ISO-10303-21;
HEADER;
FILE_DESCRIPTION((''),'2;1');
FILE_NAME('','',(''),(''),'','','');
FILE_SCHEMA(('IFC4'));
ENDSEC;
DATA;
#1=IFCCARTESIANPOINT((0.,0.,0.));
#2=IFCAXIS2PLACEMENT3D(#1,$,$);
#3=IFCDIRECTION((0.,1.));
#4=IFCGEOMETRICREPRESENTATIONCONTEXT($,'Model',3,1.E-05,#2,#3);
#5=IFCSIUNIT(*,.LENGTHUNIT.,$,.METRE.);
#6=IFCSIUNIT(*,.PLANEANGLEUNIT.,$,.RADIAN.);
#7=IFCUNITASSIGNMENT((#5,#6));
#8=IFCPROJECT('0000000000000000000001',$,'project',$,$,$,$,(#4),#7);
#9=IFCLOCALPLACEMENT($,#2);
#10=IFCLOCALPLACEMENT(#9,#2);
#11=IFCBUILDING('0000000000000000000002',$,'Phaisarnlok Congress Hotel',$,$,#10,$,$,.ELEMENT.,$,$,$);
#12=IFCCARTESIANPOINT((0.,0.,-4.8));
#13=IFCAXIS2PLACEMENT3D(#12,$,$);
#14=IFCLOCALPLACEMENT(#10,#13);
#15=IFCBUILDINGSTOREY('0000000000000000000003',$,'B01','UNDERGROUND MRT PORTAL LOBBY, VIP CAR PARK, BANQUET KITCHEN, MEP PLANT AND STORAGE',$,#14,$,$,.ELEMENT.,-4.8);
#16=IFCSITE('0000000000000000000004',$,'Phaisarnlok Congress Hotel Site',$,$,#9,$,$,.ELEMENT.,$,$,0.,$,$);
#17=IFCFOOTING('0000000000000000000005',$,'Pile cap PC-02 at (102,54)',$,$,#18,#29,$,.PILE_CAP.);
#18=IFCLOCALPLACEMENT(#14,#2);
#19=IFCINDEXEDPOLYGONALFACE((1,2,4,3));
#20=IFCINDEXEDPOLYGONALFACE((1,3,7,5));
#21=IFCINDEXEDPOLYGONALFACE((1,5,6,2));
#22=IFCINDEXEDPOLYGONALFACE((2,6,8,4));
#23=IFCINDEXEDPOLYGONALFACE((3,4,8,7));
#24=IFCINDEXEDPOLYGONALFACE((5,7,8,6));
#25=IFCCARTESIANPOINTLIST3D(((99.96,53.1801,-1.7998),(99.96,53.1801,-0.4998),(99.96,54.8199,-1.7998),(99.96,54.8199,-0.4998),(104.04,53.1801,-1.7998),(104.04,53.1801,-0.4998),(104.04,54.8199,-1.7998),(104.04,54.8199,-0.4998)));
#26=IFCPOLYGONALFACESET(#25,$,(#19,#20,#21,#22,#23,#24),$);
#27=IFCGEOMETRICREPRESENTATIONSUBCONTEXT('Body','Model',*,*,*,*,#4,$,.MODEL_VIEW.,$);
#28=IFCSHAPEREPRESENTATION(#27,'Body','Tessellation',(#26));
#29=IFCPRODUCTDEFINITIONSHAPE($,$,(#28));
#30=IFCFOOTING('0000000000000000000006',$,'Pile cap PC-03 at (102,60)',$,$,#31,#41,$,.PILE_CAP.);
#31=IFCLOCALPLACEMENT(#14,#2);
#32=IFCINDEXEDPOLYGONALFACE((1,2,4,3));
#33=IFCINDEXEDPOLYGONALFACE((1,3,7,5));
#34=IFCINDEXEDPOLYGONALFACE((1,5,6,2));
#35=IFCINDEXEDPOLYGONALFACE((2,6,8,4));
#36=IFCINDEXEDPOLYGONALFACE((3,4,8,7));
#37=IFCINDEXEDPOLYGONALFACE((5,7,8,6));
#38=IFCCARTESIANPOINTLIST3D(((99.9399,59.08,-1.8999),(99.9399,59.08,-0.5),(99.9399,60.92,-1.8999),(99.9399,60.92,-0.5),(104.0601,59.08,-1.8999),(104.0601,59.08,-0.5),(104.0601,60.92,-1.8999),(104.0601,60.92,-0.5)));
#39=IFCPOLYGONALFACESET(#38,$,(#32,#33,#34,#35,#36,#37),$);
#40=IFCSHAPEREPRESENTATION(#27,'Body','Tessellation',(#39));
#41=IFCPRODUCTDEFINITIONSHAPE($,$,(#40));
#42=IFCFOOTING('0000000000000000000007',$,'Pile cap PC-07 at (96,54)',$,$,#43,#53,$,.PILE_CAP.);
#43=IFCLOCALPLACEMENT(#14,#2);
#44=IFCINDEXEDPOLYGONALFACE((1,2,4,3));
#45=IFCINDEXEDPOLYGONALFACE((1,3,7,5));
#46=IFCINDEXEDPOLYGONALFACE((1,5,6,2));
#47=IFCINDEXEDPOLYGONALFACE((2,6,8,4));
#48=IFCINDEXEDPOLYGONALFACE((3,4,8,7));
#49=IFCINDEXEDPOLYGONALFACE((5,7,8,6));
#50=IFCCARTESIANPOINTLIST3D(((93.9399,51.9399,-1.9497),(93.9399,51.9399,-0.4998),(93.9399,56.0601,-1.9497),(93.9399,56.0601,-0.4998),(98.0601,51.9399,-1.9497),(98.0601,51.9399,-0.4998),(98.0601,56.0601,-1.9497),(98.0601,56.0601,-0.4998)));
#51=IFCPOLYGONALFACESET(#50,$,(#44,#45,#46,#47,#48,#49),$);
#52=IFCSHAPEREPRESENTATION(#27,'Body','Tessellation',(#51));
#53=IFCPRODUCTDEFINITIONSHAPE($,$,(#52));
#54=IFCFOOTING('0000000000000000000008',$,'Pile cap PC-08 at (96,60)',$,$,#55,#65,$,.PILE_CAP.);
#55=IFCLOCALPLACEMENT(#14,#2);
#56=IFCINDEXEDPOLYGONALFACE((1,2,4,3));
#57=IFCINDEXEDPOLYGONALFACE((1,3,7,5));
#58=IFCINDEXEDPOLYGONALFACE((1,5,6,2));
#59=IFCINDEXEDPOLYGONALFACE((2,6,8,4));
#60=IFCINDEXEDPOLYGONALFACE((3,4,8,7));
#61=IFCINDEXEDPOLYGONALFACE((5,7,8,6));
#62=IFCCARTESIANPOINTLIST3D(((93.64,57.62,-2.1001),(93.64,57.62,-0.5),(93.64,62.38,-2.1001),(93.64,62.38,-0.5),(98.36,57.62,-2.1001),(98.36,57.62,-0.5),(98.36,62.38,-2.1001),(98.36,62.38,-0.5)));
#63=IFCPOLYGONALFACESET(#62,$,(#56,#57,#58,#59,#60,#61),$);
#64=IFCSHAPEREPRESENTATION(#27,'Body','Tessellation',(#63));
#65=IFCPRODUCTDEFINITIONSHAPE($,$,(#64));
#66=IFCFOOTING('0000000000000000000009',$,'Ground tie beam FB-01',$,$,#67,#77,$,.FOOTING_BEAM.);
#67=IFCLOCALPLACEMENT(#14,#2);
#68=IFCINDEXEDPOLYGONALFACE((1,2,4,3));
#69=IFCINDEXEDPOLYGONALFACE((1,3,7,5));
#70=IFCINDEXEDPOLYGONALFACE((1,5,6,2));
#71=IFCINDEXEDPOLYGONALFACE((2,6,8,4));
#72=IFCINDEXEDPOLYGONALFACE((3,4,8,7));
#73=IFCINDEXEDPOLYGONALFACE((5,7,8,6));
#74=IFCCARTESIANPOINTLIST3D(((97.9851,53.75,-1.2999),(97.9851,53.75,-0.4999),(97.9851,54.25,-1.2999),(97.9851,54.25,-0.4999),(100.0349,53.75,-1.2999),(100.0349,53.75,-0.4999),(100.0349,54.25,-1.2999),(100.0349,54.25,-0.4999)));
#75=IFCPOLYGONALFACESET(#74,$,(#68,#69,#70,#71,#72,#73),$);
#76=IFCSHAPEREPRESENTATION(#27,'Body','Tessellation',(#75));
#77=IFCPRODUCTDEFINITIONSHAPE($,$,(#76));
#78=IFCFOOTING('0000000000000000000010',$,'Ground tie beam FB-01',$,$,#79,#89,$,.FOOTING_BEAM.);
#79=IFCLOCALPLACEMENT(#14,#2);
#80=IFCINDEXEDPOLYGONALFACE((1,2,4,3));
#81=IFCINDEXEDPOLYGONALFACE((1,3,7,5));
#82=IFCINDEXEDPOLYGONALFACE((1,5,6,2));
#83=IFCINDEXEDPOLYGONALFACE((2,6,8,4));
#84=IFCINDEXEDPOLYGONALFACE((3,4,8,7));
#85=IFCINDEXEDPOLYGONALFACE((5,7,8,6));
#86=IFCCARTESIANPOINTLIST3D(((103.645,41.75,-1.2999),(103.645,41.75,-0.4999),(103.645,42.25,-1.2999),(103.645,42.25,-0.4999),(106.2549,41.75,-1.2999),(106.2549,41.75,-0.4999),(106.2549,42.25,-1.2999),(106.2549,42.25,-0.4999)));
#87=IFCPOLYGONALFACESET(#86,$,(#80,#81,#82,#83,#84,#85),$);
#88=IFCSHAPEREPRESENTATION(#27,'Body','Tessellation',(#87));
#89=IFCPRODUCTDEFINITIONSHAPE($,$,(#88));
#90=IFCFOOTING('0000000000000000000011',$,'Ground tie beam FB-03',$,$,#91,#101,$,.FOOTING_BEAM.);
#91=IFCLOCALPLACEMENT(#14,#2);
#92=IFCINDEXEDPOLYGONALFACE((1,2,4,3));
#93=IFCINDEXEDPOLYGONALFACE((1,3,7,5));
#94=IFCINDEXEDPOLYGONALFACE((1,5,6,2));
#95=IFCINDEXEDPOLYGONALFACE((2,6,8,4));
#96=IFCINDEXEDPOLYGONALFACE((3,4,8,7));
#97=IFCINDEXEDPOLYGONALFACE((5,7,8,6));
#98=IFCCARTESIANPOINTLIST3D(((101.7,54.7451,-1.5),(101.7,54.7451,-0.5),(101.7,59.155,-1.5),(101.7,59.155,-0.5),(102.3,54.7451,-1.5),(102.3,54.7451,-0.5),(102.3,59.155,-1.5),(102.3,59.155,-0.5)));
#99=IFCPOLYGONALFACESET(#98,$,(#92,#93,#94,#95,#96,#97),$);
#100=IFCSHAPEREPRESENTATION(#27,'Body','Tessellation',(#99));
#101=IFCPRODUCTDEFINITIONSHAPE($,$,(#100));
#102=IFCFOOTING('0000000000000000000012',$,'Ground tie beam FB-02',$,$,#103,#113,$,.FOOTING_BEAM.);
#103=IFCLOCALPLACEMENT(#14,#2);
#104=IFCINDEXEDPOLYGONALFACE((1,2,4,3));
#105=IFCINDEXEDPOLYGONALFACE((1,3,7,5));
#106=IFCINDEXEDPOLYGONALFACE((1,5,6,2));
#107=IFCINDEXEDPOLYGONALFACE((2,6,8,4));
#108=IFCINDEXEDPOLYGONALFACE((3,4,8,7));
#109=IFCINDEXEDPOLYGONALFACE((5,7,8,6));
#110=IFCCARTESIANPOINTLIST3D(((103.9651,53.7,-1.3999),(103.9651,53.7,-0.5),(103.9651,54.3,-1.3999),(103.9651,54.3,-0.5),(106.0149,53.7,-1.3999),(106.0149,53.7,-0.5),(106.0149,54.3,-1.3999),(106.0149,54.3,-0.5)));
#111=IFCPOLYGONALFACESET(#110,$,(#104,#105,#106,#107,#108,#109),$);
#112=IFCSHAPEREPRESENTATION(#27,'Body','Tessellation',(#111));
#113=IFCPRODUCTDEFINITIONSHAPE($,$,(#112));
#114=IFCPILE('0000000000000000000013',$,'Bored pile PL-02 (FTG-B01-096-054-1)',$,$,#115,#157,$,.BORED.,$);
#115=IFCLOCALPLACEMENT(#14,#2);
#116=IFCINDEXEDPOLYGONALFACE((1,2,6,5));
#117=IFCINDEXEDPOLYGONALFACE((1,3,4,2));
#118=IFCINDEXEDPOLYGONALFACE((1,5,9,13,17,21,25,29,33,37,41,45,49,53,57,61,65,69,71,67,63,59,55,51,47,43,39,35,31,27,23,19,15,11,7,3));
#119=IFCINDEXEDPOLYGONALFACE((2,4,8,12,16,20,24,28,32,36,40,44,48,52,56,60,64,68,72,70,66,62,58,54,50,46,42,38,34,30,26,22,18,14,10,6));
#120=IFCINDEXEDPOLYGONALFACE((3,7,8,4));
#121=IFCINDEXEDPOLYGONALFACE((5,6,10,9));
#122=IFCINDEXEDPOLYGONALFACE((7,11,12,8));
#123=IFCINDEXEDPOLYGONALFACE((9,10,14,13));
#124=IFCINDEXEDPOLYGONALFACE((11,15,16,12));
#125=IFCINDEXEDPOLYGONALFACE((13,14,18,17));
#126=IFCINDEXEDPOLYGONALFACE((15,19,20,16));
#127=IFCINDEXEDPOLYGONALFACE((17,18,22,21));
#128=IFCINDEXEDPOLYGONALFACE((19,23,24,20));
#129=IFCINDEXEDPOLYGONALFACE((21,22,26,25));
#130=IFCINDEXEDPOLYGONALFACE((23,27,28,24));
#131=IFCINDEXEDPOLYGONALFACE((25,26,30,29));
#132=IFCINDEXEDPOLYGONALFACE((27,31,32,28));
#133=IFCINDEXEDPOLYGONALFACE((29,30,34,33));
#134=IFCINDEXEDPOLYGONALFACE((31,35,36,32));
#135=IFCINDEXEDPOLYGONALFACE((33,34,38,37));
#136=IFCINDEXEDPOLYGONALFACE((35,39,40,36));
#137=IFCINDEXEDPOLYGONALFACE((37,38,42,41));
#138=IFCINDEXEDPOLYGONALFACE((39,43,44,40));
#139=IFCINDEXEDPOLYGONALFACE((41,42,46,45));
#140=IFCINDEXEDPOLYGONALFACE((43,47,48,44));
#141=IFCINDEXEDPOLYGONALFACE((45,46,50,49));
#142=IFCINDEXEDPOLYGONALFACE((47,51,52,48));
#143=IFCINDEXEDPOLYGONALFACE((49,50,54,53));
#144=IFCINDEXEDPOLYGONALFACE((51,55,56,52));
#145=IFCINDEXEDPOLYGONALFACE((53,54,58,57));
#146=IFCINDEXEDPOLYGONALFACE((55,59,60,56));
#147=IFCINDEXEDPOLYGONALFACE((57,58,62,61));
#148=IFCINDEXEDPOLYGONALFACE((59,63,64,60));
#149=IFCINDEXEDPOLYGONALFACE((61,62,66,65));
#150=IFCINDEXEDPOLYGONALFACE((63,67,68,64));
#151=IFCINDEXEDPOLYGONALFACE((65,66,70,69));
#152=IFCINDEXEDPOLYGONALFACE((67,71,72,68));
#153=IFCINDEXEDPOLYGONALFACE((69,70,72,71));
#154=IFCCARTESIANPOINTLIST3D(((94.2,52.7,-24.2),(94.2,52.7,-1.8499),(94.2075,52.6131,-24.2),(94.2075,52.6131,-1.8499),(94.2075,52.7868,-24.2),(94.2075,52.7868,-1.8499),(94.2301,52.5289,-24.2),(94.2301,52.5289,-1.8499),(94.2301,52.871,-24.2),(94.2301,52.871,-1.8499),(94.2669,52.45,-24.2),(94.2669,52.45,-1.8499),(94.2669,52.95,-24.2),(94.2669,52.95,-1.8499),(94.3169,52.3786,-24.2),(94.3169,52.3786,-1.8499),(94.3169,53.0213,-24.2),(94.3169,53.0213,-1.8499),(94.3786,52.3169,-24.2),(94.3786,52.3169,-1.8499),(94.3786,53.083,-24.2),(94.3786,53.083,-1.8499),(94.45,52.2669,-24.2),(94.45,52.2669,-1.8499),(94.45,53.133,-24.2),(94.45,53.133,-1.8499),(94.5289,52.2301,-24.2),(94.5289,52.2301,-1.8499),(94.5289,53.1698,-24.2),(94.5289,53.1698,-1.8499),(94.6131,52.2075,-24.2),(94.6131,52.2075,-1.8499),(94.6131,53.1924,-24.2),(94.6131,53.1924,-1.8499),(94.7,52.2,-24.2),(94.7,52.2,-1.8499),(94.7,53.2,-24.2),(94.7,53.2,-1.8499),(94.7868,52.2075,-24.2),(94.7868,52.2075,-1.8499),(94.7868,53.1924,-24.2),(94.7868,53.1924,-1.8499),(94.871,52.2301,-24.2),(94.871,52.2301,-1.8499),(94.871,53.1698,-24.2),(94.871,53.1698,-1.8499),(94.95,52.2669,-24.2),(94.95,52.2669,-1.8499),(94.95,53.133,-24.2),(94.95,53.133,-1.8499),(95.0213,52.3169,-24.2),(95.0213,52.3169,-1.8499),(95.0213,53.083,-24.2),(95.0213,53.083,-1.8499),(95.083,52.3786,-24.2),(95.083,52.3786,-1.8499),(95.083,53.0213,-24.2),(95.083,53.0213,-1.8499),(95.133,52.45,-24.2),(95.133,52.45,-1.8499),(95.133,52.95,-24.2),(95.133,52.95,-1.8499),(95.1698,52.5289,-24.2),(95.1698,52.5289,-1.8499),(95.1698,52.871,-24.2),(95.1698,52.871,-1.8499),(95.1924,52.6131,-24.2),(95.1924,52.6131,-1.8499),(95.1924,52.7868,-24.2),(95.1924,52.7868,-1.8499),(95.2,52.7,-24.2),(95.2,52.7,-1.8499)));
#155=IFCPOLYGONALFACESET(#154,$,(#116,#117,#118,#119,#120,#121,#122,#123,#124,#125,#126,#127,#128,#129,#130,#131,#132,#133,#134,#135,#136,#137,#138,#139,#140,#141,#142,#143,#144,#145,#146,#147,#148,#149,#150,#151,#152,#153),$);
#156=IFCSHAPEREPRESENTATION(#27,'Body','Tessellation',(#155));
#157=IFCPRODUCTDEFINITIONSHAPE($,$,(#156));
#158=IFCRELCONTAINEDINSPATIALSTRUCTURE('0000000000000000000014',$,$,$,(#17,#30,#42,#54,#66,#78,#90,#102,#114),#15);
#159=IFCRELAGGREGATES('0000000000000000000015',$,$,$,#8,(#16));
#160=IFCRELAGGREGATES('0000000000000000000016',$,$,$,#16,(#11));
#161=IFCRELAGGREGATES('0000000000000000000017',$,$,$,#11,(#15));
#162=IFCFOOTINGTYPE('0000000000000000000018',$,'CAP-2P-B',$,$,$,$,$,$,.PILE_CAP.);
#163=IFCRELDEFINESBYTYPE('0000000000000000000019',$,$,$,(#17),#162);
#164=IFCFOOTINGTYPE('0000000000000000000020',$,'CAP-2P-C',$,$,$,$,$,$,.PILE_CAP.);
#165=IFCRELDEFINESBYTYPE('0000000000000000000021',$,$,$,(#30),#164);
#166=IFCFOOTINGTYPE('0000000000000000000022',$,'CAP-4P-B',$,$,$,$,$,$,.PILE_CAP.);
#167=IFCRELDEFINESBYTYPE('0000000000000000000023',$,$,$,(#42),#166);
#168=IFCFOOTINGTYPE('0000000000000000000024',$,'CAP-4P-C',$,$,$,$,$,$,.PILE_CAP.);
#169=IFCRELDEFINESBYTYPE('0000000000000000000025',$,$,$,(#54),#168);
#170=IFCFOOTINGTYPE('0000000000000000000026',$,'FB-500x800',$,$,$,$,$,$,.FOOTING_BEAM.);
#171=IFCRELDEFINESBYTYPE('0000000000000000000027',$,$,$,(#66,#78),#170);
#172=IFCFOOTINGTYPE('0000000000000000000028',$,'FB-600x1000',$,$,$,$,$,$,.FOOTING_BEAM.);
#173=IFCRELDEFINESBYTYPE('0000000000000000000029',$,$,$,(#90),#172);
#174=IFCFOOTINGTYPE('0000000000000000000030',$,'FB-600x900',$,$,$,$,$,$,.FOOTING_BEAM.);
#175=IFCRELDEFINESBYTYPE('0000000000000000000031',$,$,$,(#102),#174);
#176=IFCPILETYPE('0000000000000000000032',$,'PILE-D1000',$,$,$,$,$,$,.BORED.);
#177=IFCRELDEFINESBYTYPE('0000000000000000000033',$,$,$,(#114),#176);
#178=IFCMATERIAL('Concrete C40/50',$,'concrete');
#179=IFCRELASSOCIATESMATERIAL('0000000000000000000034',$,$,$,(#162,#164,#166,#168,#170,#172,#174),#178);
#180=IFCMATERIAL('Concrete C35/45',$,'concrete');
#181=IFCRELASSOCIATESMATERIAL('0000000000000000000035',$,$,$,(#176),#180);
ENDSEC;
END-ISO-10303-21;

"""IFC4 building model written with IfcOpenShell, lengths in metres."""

from ifc_helpers import new_model, si_unit, direction, frame, origin, origin_2d, place, context, subcontext, project, spatial, rectangle, circle, extrude, material, material_profile, profile_set, type_object, element, save


model = new_model("IFC4")

# Units and contexts
model_context = context("Model", 3, precision=1e-05, world=origin(), true_north=direction((0.0, 1.0)))
body_context = subcontext(model_context, "Body", "Model", "MODEL_VIEW")
ifc_project = project(units=[si_unit("LENGTHUNIT", "METRE"), si_unit("PLANEANGLEUNIT", "RADIAN")], contexts=[model_context])

# Site, building, storey
site_placement = place(None, origin())
site = spatial("IfcSite", under=ifc_project, at=site_placement, Name="Phaisarnlok Congress Hotel Site", CompositionType="ELEMENT", RefElevation=0.0)
building_placement = place(site_placement, origin())
building = spatial("IfcBuilding", under=site, at=building_placement, Name="Phaisarnlok Congress Hotel", CompositionType="ELEMENT")
storey_placement = place(building_placement, frame((0.0, 0.0, -4.8)))
storey = spatial("IfcBuildingStorey", under=building, at=storey_placement, Name="B01", Description="UNDERGROUND MRT PORTAL LOBBY, VIP CAR PARK, BANQUET KITCHEN, MEP PLANT AND STORAGE", CompositionType="ELEMENT", Elevation=-4.8)

# Footings
ifc_material_1 = material(Name="Concrete C40/50", Category="concrete")
footing_type_1 = type_object("IfcFootingType", Name="CAP-2P-B", PredefinedType="PILE_CAP", material=ifc_material_1)
footing_1_placement = place(storey_placement, frame((102.0, 54.0, -1.7998), z_axis=(0.0, 0.0, 1.0), x_axis=(1.0, 0.0, 0.0)))
element("IfcFooting", 1, at=footing_1_placement, inside=storey, type_object=footing_type_1, Name="Pile cap PC-02 at (102,54)", PredefinedType="PILE_CAP", context=body_context, shape_type="SweptSolid", body=[
    extrude(rectangle(XDim=4.0801, YDim=1.6399, at=origin_2d()), origin(), (0.0, 0.0, 1.0), 1.3),
])
footing_type_2 = type_object("IfcFootingType", Name="CAP-2P-C", PredefinedType="PILE_CAP", material=ifc_material_1)
footing_2_placement = place(storey_placement, frame((102.0, 60.0, -1.8999), z_axis=(0.0, 0.0, 1.0), x_axis=(1.0, 0.0, 0.0)))
element("IfcFooting", 2, at=footing_2_placement, inside=storey, type_object=footing_type_2, Name="Pile cap PC-03 at (102,60)", PredefinedType="PILE_CAP", context=body_context, shape_type="SweptSolid", body=[
    extrude(rectangle(XDim=4.1201, YDim=1.8401, at=origin_2d()), origin(), (0.0, 0.0, 1.0), 1.3999),
])
footing_type_3 = type_object("IfcFootingType", Name="CAP-4P-B", PredefinedType="PILE_CAP", material=ifc_material_1)
footing_3_placement = place(storey_placement, frame((96.0, 54.0, -1.9497), z_axis=(0.0, 0.0, 1.0), x_axis=(1.0, 0.0, 0.0)))
element("IfcFooting", 3, at=footing_3_placement, inside=storey, type_object=footing_type_3, Name="Pile cap PC-07 at (96,54)", PredefinedType="PILE_CAP", context=body_context, shape_type="SweptSolid", body=[
    extrude(rectangle(XDim=4.1201, YDim=4.1201, at=origin_2d()), origin(), (0.0, 0.0, 1.0), 1.45),
])
footing_type_4 = type_object("IfcFootingType", Name="CAP-4P-C", PredefinedType="PILE_CAP", material=ifc_material_1)
footing_4_placement = place(storey_placement, frame((96.0, 60.0, -2.1001), z_axis=(0.0, 0.0, 1.0), x_axis=(1.0, 0.0, 0.0)))
element("IfcFooting", 4, at=footing_4_placement, inside=storey, type_object=footing_type_4, Name="Pile cap PC-08 at (96,60)", PredefinedType="PILE_CAP", context=body_context, shape_type="SweptSolid", body=[
    extrude(rectangle(XDim=4.72, YDim=4.76, at=origin_2d()), origin(), (0.0, 0.0, 1.0), 1.6001),
])
ifc_material_profile_1 = material_profile(ifc_material_1, rectangle(XDim=0.5, YDim=0.8, at=origin_2d()), Name="FB-500x800")
ifc_profile_set_1 = profile_set([ifc_material_profile_1], Name="Concrete C40/50")
footing_type_5 = type_object("IfcFootingType", Name="FB-500x800", PredefinedType="FOOTING_BEAM", material=ifc_profile_set_1)
footing_5_placement = place(storey_placement, frame((97.9851, 54.0, -0.8999), z_axis=(1.0, 0.0, 0.0), x_axis=(0.0, 1.0, 0.0)))
element("IfcFooting", 5, at=footing_5_placement, inside=storey, type_object=footing_type_5, Name="Ground tie beam FB-01", PredefinedType="FOOTING_BEAM", context=body_context, shape_type="SweptSolid", body=[
    extrude(rectangle(XDim=0.5, YDim=0.8, at=origin_2d()), origin(), (0.0, 0.0, 1.0), 2.0498),
])
footing_6_placement = place(storey_placement, frame((103.645, 42.0, -0.8999), z_axis=(1.0, 0.0, 0.0), x_axis=(0.0, 1.0, 0.0)))
element("IfcFooting", 6, at=footing_6_placement, inside=storey, type_object=footing_type_5, Name="Ground tie beam FB-01", PredefinedType="FOOTING_BEAM", context=body_context, shape_type="SweptSolid", body=[
    extrude(rectangle(XDim=0.5, YDim=0.8, at=origin_2d()), origin(), (0.0, 0.0, 1.0), 2.6099),
])
ifc_material_profile_2 = material_profile(ifc_material_1, rectangle(XDim=0.6001, YDim=1.0, at=origin_2d()), Name="FB-600x1000")
ifc_profile_set_2 = profile_set([ifc_material_profile_2], Name="Concrete C40/50")
footing_type_6 = type_object("IfcFootingType", Name="FB-600x1000", PredefinedType="FOOTING_BEAM", material=ifc_profile_set_2)
footing_7_placement = place(storey_placement, frame((102.0, 54.7451, -1.0), z_axis=(0.0, 1.0, 0.0), x_axis=(-1.0, 0.0, 0.0)))
element("IfcFooting", 7, at=footing_7_placement, inside=storey, type_object=footing_type_6, Name="Ground tie beam FB-03", PredefinedType="FOOTING_BEAM", context=body_context, shape_type="SweptSolid", body=[
    extrude(rectangle(XDim=0.6001, YDim=1.0, at=origin_2d()), origin(), (0.0, 0.0, 1.0), 4.4099),
])
ifc_material_profile_3 = material_profile(ifc_material_1, rectangle(XDim=0.6001, YDim=0.8999, at=origin_2d()), Name="FB-600x900")
ifc_profile_set_3 = profile_set([ifc_material_profile_3], Name="Concrete C40/50")
footing_type_7 = type_object("IfcFootingType", Name="FB-600x900", PredefinedType="FOOTING_BEAM", material=ifc_profile_set_3)
footing_8_placement = place(storey_placement, frame((103.9651, 54.0, -0.95), z_axis=(1.0, 0.0, 0.0), x_axis=(0.0, 1.0, 0.0)))
element("IfcFooting", 8, at=footing_8_placement, inside=storey, type_object=footing_type_7, Name="Ground tie beam FB-02", PredefinedType="FOOTING_BEAM", context=body_context, shape_type="SweptSolid", body=[
    extrude(rectangle(XDim=0.6001, YDim=0.8999, at=origin_2d()), origin(), (0.0, 0.0, 1.0), 2.0498),
])

# Pile
ifc_material_2 = material(Name="Concrete C35/45", Category="concrete")
ifc_material_profile_4 = material_profile(ifc_material_2, circle(Radius=0.5, at=origin_2d()), Name="BORED PILE D1000")
ifc_profile_set_4 = profile_set([ifc_material_profile_4], Name="Concrete C35/45")
pile_type_1 = type_object("IfcPileType", Name="PILE-D1000", PredefinedType="BORED", material=ifc_profile_set_4)
for number, where, z_axis, x_axis, name in (
    (9, (94.7, 52.7, -1.8499), (0.0, 0.0, -1.0), (1.0, 0.0, 0.0), "Bored pile PL-02 (FTG-B01-096-054-1)"),
):
    element("IfcPile", number, at=place(storey_placement, frame(where, z_axis=z_axis, x_axis=x_axis)), inside=storey, type_object=pile_type_1, Name=name, PredefinedType="BORED", context=body_context, shape_type="SweptSolid", body=[
        extrude(circle(Radius=0.5, at=origin_2d()), origin(), (0.0, 0.0, 1.0), 22.3501),
    ])

save(model, "model.ifc")
